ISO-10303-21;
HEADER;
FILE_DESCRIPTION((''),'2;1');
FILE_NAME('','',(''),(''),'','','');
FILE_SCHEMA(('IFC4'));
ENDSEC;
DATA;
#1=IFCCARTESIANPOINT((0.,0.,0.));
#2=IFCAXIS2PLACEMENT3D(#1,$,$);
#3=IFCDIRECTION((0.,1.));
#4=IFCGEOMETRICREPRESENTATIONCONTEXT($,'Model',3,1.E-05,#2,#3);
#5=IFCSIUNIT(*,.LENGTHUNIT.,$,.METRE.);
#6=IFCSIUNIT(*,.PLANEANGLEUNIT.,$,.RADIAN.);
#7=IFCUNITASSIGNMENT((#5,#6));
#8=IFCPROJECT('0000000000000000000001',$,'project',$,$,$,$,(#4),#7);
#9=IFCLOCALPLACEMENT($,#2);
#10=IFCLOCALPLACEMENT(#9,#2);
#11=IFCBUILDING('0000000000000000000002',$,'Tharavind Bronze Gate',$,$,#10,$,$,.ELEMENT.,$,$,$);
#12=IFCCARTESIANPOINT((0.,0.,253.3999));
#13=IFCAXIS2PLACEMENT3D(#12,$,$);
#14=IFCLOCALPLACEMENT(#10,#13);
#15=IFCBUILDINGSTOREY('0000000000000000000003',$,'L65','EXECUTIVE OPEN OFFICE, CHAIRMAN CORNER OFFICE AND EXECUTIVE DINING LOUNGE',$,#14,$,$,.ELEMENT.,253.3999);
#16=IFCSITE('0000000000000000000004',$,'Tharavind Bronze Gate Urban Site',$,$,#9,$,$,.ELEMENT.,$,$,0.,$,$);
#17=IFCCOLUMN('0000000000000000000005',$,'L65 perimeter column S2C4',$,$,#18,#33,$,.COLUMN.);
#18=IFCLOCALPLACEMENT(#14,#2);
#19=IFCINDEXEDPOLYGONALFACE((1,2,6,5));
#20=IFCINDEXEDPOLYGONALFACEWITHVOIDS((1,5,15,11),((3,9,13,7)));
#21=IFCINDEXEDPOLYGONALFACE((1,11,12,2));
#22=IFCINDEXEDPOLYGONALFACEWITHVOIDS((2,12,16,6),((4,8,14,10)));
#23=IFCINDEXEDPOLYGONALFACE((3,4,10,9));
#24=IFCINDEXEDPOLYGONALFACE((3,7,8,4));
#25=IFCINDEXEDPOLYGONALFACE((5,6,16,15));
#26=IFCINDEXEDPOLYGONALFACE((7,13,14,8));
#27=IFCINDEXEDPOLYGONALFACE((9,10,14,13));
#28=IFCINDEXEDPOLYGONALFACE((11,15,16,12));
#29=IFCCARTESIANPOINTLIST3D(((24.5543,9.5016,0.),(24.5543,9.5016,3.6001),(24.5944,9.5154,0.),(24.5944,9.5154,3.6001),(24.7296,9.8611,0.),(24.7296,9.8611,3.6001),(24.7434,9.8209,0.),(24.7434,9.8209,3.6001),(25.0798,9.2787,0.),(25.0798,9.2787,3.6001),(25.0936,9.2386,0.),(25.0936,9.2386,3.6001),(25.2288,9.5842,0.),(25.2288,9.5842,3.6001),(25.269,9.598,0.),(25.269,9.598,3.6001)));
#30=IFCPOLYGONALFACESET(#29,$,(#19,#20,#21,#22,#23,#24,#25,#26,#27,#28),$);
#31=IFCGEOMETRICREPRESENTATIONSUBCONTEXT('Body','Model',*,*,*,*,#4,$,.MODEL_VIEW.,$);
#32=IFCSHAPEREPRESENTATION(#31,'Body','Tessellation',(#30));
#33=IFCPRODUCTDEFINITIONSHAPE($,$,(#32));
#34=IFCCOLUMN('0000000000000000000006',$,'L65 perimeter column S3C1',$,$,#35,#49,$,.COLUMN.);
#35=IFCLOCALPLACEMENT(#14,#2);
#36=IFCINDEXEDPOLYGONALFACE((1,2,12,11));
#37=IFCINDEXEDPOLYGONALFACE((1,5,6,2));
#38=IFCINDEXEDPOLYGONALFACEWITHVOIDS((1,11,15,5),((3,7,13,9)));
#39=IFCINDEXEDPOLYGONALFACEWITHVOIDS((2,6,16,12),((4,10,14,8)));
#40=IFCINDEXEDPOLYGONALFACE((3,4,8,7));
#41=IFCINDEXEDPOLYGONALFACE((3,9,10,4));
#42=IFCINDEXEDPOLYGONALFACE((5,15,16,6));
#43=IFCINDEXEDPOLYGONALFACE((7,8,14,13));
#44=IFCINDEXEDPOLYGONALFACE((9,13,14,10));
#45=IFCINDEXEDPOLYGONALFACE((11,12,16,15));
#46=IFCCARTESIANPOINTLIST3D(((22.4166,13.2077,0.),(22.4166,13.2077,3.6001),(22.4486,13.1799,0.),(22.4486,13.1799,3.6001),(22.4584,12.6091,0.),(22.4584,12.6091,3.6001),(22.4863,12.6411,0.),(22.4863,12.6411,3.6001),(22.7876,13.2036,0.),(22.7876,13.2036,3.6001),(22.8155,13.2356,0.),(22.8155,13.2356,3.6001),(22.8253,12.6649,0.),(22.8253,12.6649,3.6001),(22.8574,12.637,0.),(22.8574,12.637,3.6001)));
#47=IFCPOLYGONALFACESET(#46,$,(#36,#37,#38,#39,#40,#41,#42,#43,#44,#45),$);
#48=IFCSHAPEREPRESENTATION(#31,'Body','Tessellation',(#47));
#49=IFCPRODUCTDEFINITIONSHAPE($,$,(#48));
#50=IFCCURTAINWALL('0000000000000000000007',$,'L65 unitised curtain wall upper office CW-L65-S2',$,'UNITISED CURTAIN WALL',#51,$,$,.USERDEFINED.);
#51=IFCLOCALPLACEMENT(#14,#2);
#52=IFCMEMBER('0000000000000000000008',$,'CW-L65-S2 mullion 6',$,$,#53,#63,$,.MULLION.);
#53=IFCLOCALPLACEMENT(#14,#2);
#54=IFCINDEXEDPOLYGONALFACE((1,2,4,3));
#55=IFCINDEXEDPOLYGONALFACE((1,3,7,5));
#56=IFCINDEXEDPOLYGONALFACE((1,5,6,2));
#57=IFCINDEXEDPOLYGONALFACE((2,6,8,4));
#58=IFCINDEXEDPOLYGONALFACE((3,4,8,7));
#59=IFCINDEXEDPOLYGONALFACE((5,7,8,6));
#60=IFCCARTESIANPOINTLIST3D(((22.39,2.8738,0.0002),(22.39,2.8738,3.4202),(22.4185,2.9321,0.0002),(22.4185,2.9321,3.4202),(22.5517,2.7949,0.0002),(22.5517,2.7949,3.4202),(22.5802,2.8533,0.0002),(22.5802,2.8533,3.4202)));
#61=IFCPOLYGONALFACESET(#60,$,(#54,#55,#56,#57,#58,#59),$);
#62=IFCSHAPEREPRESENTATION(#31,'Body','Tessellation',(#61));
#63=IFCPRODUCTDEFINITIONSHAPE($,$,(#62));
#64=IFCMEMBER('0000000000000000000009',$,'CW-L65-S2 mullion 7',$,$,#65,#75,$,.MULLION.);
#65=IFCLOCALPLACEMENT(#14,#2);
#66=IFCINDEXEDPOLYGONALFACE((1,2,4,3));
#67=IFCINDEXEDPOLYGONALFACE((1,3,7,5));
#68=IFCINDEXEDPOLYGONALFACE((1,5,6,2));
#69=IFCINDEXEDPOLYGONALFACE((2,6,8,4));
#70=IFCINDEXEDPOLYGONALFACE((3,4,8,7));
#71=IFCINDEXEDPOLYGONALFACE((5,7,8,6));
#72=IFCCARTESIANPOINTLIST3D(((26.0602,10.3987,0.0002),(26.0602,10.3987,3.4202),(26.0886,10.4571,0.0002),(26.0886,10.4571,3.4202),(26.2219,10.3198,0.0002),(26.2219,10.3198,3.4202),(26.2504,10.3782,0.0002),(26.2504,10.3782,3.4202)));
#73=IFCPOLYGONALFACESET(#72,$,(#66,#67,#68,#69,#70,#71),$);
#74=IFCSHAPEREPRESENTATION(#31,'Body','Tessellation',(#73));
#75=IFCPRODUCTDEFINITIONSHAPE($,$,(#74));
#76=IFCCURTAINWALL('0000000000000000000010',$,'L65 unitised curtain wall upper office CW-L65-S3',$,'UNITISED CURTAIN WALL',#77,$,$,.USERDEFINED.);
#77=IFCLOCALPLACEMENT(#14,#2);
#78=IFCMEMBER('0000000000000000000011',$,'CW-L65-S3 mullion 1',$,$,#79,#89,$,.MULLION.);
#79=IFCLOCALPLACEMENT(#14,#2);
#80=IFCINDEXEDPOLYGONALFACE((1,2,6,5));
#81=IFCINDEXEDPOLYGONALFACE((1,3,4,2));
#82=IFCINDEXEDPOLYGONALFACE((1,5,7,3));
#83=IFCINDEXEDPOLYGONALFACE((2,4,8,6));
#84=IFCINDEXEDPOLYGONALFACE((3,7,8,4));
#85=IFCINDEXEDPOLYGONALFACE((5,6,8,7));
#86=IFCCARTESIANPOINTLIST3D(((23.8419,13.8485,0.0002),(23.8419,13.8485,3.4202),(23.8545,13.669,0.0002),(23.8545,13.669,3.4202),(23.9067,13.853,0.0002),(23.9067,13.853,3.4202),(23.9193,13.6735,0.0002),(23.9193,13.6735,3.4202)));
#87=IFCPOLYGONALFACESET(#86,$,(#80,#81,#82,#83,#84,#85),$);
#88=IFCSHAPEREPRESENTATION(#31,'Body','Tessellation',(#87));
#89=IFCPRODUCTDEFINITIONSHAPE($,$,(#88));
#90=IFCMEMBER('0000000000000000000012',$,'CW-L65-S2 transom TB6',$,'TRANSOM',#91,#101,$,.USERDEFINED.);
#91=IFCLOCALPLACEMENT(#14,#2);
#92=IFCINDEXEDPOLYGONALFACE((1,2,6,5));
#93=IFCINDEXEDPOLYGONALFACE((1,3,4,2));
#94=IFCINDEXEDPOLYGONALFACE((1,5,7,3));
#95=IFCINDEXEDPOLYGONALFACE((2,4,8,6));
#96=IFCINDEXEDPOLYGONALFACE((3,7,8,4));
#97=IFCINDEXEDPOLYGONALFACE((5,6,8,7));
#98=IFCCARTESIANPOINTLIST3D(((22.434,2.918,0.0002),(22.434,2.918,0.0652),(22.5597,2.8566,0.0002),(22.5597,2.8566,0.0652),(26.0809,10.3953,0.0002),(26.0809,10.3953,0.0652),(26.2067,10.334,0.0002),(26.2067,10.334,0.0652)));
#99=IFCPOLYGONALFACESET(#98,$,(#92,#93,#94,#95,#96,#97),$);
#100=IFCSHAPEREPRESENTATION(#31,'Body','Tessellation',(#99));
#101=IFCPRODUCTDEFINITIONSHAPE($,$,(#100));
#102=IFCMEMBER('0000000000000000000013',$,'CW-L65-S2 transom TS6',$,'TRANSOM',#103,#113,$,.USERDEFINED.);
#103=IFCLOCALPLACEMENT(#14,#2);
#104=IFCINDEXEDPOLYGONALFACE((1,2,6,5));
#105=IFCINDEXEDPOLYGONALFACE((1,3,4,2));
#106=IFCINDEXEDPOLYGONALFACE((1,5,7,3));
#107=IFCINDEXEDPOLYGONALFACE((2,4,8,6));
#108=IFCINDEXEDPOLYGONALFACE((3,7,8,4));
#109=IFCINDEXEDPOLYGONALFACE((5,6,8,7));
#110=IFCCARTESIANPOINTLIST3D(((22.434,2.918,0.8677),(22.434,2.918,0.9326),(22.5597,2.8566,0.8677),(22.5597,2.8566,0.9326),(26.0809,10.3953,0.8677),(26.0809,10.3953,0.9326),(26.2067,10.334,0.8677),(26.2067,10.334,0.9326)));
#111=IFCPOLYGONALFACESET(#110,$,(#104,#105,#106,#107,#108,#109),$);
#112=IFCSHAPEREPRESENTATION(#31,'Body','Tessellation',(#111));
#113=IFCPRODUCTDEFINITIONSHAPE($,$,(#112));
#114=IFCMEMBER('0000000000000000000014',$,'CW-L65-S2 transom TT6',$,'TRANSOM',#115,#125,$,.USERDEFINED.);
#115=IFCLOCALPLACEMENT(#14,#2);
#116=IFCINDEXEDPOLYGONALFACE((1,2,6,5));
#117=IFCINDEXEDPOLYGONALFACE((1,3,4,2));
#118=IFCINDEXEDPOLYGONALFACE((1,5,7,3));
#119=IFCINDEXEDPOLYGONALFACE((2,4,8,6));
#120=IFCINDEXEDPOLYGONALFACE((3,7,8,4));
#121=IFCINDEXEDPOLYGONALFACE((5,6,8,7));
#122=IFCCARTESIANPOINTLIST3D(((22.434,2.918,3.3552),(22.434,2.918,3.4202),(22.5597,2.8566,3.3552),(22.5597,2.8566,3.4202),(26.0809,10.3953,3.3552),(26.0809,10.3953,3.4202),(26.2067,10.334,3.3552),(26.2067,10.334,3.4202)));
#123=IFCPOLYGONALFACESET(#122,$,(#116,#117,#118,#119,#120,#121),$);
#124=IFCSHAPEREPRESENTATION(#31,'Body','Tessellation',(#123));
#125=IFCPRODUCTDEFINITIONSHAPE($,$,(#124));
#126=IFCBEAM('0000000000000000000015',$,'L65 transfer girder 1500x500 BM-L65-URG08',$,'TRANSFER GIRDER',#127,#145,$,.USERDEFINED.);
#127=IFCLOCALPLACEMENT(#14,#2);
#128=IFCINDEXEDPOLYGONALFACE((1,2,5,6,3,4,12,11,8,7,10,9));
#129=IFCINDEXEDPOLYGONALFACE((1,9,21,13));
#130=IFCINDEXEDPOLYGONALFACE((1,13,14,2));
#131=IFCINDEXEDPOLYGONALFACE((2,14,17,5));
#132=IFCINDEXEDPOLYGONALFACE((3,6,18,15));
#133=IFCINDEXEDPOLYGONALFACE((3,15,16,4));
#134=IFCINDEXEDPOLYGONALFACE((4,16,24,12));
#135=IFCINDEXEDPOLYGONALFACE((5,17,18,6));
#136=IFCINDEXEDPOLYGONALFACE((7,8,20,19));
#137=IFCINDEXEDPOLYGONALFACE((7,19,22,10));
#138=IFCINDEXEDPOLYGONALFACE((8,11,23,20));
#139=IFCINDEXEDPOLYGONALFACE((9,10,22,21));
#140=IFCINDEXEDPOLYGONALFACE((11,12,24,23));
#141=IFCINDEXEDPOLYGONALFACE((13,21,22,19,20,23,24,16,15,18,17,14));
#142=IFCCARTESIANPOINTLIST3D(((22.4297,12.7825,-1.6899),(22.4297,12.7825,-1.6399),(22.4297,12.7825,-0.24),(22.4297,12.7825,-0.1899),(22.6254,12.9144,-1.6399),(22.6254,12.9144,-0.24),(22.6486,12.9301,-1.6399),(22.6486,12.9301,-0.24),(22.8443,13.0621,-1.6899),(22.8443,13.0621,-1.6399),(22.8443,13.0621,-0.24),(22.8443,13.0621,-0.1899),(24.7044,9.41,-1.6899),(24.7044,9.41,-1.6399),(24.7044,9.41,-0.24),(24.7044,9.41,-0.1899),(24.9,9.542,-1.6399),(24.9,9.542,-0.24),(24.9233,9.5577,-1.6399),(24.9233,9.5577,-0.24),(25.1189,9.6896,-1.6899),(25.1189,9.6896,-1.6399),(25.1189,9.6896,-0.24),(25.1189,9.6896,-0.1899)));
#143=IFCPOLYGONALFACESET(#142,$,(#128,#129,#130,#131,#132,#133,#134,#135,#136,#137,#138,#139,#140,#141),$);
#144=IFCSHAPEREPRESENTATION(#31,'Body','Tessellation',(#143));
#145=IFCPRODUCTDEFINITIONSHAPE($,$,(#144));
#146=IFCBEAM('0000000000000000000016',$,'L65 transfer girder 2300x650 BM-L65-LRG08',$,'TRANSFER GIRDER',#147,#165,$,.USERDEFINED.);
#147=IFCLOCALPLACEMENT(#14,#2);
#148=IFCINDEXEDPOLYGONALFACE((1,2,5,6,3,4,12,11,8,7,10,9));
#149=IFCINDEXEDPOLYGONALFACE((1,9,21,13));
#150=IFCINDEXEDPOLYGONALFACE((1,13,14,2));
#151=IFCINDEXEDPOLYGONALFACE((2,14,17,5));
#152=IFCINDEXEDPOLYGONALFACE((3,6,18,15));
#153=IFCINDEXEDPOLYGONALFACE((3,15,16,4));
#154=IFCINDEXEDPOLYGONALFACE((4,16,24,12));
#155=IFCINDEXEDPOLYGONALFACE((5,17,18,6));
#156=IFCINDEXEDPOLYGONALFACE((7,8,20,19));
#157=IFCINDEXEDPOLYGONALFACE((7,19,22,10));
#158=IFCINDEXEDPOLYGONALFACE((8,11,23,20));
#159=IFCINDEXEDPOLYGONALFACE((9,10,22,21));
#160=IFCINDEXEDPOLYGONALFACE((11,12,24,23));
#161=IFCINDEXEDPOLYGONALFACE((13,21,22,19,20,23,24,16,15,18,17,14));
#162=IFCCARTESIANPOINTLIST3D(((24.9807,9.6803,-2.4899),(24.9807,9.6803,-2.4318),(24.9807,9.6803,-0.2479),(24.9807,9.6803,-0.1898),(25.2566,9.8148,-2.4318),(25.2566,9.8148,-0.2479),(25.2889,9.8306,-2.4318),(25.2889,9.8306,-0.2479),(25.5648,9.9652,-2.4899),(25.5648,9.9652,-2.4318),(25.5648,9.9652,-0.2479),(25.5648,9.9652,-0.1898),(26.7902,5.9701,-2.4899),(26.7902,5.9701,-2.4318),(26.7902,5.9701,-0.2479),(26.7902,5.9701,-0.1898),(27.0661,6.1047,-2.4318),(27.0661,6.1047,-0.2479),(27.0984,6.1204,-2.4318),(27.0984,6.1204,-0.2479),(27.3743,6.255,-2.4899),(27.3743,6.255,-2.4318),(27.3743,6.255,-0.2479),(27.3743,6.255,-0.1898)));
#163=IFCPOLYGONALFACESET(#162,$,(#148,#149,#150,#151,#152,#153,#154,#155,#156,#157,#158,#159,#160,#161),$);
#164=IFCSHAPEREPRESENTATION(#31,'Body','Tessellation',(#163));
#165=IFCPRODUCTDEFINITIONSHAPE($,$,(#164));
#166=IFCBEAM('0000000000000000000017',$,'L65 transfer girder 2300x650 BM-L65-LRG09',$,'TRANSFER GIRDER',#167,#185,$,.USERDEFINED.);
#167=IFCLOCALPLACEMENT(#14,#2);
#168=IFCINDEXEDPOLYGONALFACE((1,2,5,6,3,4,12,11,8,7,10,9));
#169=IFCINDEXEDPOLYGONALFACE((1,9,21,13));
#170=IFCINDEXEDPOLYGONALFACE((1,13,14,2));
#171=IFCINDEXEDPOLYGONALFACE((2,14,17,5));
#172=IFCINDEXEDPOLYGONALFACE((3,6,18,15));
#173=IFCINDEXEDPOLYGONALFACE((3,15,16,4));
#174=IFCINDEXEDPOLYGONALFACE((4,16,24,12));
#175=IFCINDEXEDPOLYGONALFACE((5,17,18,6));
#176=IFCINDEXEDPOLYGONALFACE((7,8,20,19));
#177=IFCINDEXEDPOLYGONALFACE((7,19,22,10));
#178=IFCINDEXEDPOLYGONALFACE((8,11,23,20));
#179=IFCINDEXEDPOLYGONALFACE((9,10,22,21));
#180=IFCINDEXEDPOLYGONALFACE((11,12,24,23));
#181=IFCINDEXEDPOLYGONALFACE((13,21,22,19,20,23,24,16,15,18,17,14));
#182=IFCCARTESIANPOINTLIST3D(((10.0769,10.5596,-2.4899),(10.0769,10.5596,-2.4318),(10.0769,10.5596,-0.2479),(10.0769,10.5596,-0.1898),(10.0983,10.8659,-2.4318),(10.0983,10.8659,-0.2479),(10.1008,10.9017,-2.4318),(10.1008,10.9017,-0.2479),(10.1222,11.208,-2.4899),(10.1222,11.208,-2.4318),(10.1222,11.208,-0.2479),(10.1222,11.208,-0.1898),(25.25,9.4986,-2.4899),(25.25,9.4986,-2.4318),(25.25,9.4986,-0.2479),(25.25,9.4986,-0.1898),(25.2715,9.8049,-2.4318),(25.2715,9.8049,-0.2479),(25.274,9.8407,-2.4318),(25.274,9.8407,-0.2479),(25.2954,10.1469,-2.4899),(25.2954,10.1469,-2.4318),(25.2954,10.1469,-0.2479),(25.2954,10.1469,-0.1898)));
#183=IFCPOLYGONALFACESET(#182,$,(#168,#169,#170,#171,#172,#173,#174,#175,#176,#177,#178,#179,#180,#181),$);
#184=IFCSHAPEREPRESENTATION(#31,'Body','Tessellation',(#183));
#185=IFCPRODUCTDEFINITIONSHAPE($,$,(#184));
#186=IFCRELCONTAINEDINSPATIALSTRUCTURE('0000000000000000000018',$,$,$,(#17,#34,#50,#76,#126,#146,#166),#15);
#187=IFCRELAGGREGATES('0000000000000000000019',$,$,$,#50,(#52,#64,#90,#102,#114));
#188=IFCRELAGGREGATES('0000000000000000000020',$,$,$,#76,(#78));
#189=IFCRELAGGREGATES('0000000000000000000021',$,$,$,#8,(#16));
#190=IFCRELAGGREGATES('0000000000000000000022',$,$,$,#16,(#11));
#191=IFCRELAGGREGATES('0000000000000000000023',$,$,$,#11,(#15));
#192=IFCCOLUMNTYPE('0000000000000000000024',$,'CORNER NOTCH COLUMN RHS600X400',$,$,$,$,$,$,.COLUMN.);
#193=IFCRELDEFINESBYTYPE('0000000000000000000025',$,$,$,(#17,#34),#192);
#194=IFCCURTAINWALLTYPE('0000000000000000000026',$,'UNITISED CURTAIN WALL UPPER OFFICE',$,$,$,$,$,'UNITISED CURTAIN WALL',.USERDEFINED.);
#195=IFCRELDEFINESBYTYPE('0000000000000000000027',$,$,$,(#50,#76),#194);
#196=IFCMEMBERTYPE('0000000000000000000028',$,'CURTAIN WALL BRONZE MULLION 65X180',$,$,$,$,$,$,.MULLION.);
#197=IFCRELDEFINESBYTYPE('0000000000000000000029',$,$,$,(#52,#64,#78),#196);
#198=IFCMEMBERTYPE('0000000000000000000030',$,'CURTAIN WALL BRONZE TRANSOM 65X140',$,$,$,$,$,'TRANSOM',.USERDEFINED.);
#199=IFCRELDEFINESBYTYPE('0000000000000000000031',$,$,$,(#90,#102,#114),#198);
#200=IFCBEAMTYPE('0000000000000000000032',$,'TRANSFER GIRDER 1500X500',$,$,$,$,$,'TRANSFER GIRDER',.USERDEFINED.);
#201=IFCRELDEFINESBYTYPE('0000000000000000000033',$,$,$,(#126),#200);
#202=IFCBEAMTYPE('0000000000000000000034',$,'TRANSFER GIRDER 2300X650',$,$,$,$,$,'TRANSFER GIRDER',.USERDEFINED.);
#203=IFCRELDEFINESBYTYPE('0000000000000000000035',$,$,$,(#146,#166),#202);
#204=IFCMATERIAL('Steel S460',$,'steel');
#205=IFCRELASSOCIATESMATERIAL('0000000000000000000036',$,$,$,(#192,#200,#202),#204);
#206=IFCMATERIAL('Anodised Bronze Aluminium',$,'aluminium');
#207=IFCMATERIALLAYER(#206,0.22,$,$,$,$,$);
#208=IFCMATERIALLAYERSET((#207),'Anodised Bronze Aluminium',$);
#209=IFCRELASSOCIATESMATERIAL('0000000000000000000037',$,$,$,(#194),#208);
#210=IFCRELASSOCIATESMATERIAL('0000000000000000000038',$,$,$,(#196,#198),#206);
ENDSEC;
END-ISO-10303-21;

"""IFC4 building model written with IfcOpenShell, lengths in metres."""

from ifc_helpers import new_model, si_unit, direction, frame, origin, origin_2d, place, context, subcontext, project, spatial, rectangle, hollow_rectangle, i_section, extrude, material, layer, layer_set, material_profile, profile_set, type_object, element, aggregate, save


model = new_model("IFC4")

# Units and contexts
model_context = context("Model", 3, precision=1e-05, world=origin(), true_north=direction((0.0, 1.0)))
body_context = subcontext(model_context, "Body", "Model", "MODEL_VIEW")
ifc_project = project(units=[si_unit("LENGTHUNIT", "METRE"), si_unit("PLANEANGLEUNIT", "RADIAN")], contexts=[model_context])

# Site, building, storey
site_placement = place(None, origin())
site = spatial("IfcSite", under=ifc_project, at=site_placement, Name="Tharavind Bronze Gate Urban Site", CompositionType="ELEMENT", RefElevation=0.0)
building_placement = place(site_placement, origin())
building = spatial("IfcBuilding", under=site, at=building_placement, Name="Tharavind Bronze Gate", CompositionType="ELEMENT")
storey_placement = place(building_placement, frame((0.0, 0.0, 253.3999)))
storey = spatial("IfcBuildingStorey", under=building, at=storey_placement, Name="L65", Description="EXECUTIVE OPEN OFFICE, CHAIRMAN CORNER OFFICE AND EXECUTIVE DINING LOUNGE", CompositionType="ELEMENT", Elevation=253.3999)

# Columns
ifc_material_1 = material(Name="Steel S460", Category="steel")
ifc_material_profile_1 = material_profile(ifc_material_1, hollow_rectangle(XDim=0.3999, YDim=0.6001, WallThickness=0.03, at=origin_2d()), Name="RHS600X400X30")
ifc_profile_set_1 = profile_set([ifc_material_profile_1], Name="Steel S460")
column_type = type_object("IfcColumnType", Name="CORNER NOTCH COLUMN RHS600X400", PredefinedType="COLUMN", material=ifc_profile_set_1)
for number, where, z_axis, x_axis, name in (
    (1, (24.9116, 9.5498, 0.0), (0.0, 0.0, 1.0), (0.438373, 0.898793, 0.0), "L65 perimeter column S2C4"),
    (2, (22.637, 12.9224, 0.0), (0.0, 0.0, 1.0), (0.997564, 0.069758, 0.0), "L65 perimeter column S3C1"),
):
    element("IfcColumn", number, at=place(storey_placement, frame(where, z_axis=z_axis, x_axis=x_axis)), inside=storey, type_object=column_type, Name=name, PredefinedType="COLUMN", context=body_context, shape_type="SweptSolid", body=[
        extrude(hollow_rectangle(XDim=0.3999, YDim=0.6001, WallThickness=0.03, at=origin_2d()), origin(), (0.0, 0.0, 1.0), 3.6001),
    ])

# Curtain wall, members
ifc_material_2 = material(Name="Anodised Bronze Aluminium", Category="aluminium")
ifc_layer_1 = layer(ifc_material_2, 0.22)
ifc_layer_set_1 = layer_set([ifc_layer_1], Name="Anodised Bronze Aluminium")
curtain_wall_type = type_object("IfcCurtainWallType", Name="UNITISED CURTAIN WALL UPPER OFFICE", ElementType="UNITISED CURTAIN WALL", PredefinedType="USERDEFINED", material=ifc_layer_set_1)
curtain_wall_1_placement = place(storey_placement, origin())
curtain_wall_1 = element("IfcCurtainWall", 3, at=curtain_wall_1_placement, inside=storey, type_object=curtain_wall_type, Name="L65 unitised curtain wall upper office CW-L65-S2", ObjectType="UNITISED CURTAIN WALL", PredefinedType="USERDEFINED")
member_type_1 = type_object("IfcMemberType", Name="CURTAIN WALL BRONZE MULLION 65X180", PredefinedType="MULLION", material=ifc_material_2)
member_1_placement = place(storey_placement, frame((22.4851, 2.8635, 0.0002), z_axis=(0.0, 0.0, 1.0), x_axis=(0.438373, 0.898793, 0.0)))
member_1 = element("IfcMember", 4, at=member_1_placement, type_object=member_type_1, Name="CW-L65-S2 mullion 6", PredefinedType="MULLION", context=body_context, shape_type="SweptSolid", body=[
    extrude(rectangle(XDim=0.0649, YDim=0.1799, at=origin_2d()), origin(), (0.0, 0.0, 1.0), 3.4199),
])
member_2_placement = place(storey_placement, frame((26.1553, 10.3884, 0.0002), z_axis=(0.0, 0.0, 1.0), x_axis=(0.438373, 0.898793, 0.0)))
member_2 = element("IfcMember", 5, at=member_2_placement, type_object=member_type_1, Name="CW-L65-S2 mullion 7", PredefinedType="MULLION", context=body_context, shape_type="SweptSolid", body=[
    extrude(rectangle(XDim=0.0649, YDim=0.1799, at=origin_2d()), origin(), (0.0, 0.0, 1.0), 3.4199),
])

# Curtain wall, member
curtain_wall_2_placement = place(storey_placement, origin())
curtain_wall_2 = element("IfcCurtainWall", 6, at=curtain_wall_2_placement, inside=storey, type_object=curtain_wall_type, Name="L65 unitised curtain wall upper office CW-L65-S3", ObjectType="UNITISED CURTAIN WALL", PredefinedType="USERDEFINED")
member_3_placement = place(storey_placement, frame((23.8806, 13.761, 0.0002), z_axis=(0.0, 0.0, 1.0), x_axis=(-0.997564, -0.06976, 0.0)))
member_3 = element("IfcMember", 7, at=member_3_placement, type_object=member_type_1, Name="CW-L65-S3 mullion 1", PredefinedType="MULLION", context=body_context, shape_type="SweptSolid", body=[
    extrude(rectangle(XDim=0.0649, YDim=0.1799, at=origin_2d()), origin(), (0.0, 0.0, 1.0), 3.4199),
])

# Members
member_type_2 = type_object("IfcMemberType", Name="CURTAIN WALL BRONZE TRANSOM 65X140", ElementType="TRANSOM", PredefinedType="USERDEFINED", material=ifc_material_2)
member_4_placement = place(storey_placement, frame((24.3203, 6.626, 0.0002), z_axis=(0.0, 0.0, 1.0), x_axis=(0.438373, 0.898793, 0.0)))
member_4 = element("IfcMember", 8, at=member_4_placement, type_object=member_type_2, Name="CW-L65-S2 transom TB6", ObjectType="TRANSOM", PredefinedType="USERDEFINED", context=body_context, shape_type="SweptSolid", body=[
    extrude(rectangle(XDim=8.3193, YDim=0.1399, at=origin_2d()), origin(), (0.0, 0.0, 1.0), 0.0649),
])
member_5_placement = place(storey_placement, frame((24.3203, 6.626, 0.8677), z_axis=(0.0, 0.0, 1.0), x_axis=(0.438373, 0.898793, 0.0)))
member_5 = element("IfcMember", 9, at=member_5_placement, type_object=member_type_2, Name="CW-L65-S2 transom TS6", ObjectType="TRANSOM", PredefinedType="USERDEFINED", context=body_context, shape_type="SweptSolid", body=[
    extrude(rectangle(XDim=8.3193, YDim=0.1399, at=origin_2d()), origin(), (0.0, 0.0, 1.0), 0.0649),
])
member_6_placement = place(storey_placement, frame((24.3203, 6.626, 3.3552), z_axis=(0.0, 0.0, 1.0), x_axis=(0.438373, 0.898793, 0.0)))
member_6 = element("IfcMember", 10, at=member_6_placement, type_object=member_type_2, Name="CW-L65-S2 transom TT6", ObjectType="TRANSOM", PredefinedType="USERDEFINED", context=body_context, shape_type="SweptSolid", body=[
    extrude(rectangle(XDim=8.3193, YDim=0.1399, at=origin_2d()), origin(), (0.0, 0.0, 1.0), 0.0649),
])

# Beams
ifc_material_profile_2 = material_profile(ifc_material_1, i_section(OverallWidth=0.5, OverallDepth=1.5, WebThickness=0.0281, FlangeThickness=0.05, at=origin_2d()), Name="PG1500X500")
ifc_profile_set_2 = profile_set([ifc_material_profile_2], Name="Steel S460")
beam_type_1 = type_object("IfcBeamType", Name="TRANSFER GIRDER 1500X500", ElementType="TRANSFER GIRDER", PredefinedType="USERDEFINED", material=ifc_profile_set_2)
beam_1_placement = place(storey_placement, frame((24.9116, 9.5498, -0.9399), z_axis=(-0.559166, 0.829056, 0.0), x_axis=(-0.829056, -0.559166, 0.0)))
element("IfcBeam", 11, at=beam_1_placement, inside=storey, type_object=beam_type_1, Name="L65 transfer girder 1500x500 BM-L65-URG08", ObjectType="TRANSFER GIRDER", PredefinedType="USERDEFINED", context=body_context, shape_type="SweptSolid", body=[
    extrude(i_section(OverallWidth=0.5, OverallDepth=1.5, WebThickness=0.0281, FlangeThickness=0.05, at=origin_2d()), origin(), (0.0, 0.0, 1.0), 4.0679),
])
ifc_material_profile_3 = material_profile(ifc_material_1, i_section(OverallWidth=0.6499, OverallDepth=2.3, WebThickness=0.0359, FlangeThickness=0.0581, at=origin_2d()), Name="PG2300X650")
ifc_profile_set_3 = profile_set([ifc_material_profile_3], Name="Steel S460")
beam_type_2 = type_object("IfcBeamType", Name="TRANSFER GIRDER 2300X650", ElementType="TRANSFER GIRDER", PredefinedType="USERDEFINED", material=ifc_profile_set_3)
beam_2_placement = place(storey_placement, frame((27.0823, 6.1125, -1.3398), z_axis=(-0.438368, 0.898796, 0.0), x_axis=(-0.898796, -0.438368, 0.0)))
element("IfcBeam", 12, at=beam_2_placement, inside=storey, type_object=beam_type_2, Name="L65 transfer girder 2300x650 BM-L65-LRG08", ObjectType="TRANSFER GIRDER", PredefinedType="USERDEFINED", context=body_context, shape_type="SweptSolid", body=[
    extrude(i_section(OverallWidth=0.6499, OverallDepth=2.3, WebThickness=0.0359, FlangeThickness=0.0581, at=origin_2d()), origin(), (0.0, 0.0, 1.0), 4.1279),
])
beam_3_placement = place(storey_placement, frame((25.2727, 9.8228, -1.3398), z_axis=(-0.997564, 0.069758, 0.0), x_axis=(-0.069758, -0.997564, 0.0)))
element("IfcBeam", 13, at=beam_3_placement, inside=storey, type_object=beam_type_2, Name="L65 transfer girder 2300x650 BM-L65-LRG09", ObjectType="TRANSFER GIRDER", PredefinedType="USERDEFINED", context=body_context, shape_type="SweptSolid", body=[
    extrude(i_section(OverallWidth=0.6499, OverallDepth=2.3, WebThickness=0.0359, FlangeThickness=0.0581, at=origin_2d()), origin(), (0.0, 0.0, 1.0), 15.2102),
])

aggregate(curtain_wall_1, [member_1, member_2, member_4, member_5, member_6])
aggregate(curtain_wall_2, [member_3])

save(model, "model.ifc")
